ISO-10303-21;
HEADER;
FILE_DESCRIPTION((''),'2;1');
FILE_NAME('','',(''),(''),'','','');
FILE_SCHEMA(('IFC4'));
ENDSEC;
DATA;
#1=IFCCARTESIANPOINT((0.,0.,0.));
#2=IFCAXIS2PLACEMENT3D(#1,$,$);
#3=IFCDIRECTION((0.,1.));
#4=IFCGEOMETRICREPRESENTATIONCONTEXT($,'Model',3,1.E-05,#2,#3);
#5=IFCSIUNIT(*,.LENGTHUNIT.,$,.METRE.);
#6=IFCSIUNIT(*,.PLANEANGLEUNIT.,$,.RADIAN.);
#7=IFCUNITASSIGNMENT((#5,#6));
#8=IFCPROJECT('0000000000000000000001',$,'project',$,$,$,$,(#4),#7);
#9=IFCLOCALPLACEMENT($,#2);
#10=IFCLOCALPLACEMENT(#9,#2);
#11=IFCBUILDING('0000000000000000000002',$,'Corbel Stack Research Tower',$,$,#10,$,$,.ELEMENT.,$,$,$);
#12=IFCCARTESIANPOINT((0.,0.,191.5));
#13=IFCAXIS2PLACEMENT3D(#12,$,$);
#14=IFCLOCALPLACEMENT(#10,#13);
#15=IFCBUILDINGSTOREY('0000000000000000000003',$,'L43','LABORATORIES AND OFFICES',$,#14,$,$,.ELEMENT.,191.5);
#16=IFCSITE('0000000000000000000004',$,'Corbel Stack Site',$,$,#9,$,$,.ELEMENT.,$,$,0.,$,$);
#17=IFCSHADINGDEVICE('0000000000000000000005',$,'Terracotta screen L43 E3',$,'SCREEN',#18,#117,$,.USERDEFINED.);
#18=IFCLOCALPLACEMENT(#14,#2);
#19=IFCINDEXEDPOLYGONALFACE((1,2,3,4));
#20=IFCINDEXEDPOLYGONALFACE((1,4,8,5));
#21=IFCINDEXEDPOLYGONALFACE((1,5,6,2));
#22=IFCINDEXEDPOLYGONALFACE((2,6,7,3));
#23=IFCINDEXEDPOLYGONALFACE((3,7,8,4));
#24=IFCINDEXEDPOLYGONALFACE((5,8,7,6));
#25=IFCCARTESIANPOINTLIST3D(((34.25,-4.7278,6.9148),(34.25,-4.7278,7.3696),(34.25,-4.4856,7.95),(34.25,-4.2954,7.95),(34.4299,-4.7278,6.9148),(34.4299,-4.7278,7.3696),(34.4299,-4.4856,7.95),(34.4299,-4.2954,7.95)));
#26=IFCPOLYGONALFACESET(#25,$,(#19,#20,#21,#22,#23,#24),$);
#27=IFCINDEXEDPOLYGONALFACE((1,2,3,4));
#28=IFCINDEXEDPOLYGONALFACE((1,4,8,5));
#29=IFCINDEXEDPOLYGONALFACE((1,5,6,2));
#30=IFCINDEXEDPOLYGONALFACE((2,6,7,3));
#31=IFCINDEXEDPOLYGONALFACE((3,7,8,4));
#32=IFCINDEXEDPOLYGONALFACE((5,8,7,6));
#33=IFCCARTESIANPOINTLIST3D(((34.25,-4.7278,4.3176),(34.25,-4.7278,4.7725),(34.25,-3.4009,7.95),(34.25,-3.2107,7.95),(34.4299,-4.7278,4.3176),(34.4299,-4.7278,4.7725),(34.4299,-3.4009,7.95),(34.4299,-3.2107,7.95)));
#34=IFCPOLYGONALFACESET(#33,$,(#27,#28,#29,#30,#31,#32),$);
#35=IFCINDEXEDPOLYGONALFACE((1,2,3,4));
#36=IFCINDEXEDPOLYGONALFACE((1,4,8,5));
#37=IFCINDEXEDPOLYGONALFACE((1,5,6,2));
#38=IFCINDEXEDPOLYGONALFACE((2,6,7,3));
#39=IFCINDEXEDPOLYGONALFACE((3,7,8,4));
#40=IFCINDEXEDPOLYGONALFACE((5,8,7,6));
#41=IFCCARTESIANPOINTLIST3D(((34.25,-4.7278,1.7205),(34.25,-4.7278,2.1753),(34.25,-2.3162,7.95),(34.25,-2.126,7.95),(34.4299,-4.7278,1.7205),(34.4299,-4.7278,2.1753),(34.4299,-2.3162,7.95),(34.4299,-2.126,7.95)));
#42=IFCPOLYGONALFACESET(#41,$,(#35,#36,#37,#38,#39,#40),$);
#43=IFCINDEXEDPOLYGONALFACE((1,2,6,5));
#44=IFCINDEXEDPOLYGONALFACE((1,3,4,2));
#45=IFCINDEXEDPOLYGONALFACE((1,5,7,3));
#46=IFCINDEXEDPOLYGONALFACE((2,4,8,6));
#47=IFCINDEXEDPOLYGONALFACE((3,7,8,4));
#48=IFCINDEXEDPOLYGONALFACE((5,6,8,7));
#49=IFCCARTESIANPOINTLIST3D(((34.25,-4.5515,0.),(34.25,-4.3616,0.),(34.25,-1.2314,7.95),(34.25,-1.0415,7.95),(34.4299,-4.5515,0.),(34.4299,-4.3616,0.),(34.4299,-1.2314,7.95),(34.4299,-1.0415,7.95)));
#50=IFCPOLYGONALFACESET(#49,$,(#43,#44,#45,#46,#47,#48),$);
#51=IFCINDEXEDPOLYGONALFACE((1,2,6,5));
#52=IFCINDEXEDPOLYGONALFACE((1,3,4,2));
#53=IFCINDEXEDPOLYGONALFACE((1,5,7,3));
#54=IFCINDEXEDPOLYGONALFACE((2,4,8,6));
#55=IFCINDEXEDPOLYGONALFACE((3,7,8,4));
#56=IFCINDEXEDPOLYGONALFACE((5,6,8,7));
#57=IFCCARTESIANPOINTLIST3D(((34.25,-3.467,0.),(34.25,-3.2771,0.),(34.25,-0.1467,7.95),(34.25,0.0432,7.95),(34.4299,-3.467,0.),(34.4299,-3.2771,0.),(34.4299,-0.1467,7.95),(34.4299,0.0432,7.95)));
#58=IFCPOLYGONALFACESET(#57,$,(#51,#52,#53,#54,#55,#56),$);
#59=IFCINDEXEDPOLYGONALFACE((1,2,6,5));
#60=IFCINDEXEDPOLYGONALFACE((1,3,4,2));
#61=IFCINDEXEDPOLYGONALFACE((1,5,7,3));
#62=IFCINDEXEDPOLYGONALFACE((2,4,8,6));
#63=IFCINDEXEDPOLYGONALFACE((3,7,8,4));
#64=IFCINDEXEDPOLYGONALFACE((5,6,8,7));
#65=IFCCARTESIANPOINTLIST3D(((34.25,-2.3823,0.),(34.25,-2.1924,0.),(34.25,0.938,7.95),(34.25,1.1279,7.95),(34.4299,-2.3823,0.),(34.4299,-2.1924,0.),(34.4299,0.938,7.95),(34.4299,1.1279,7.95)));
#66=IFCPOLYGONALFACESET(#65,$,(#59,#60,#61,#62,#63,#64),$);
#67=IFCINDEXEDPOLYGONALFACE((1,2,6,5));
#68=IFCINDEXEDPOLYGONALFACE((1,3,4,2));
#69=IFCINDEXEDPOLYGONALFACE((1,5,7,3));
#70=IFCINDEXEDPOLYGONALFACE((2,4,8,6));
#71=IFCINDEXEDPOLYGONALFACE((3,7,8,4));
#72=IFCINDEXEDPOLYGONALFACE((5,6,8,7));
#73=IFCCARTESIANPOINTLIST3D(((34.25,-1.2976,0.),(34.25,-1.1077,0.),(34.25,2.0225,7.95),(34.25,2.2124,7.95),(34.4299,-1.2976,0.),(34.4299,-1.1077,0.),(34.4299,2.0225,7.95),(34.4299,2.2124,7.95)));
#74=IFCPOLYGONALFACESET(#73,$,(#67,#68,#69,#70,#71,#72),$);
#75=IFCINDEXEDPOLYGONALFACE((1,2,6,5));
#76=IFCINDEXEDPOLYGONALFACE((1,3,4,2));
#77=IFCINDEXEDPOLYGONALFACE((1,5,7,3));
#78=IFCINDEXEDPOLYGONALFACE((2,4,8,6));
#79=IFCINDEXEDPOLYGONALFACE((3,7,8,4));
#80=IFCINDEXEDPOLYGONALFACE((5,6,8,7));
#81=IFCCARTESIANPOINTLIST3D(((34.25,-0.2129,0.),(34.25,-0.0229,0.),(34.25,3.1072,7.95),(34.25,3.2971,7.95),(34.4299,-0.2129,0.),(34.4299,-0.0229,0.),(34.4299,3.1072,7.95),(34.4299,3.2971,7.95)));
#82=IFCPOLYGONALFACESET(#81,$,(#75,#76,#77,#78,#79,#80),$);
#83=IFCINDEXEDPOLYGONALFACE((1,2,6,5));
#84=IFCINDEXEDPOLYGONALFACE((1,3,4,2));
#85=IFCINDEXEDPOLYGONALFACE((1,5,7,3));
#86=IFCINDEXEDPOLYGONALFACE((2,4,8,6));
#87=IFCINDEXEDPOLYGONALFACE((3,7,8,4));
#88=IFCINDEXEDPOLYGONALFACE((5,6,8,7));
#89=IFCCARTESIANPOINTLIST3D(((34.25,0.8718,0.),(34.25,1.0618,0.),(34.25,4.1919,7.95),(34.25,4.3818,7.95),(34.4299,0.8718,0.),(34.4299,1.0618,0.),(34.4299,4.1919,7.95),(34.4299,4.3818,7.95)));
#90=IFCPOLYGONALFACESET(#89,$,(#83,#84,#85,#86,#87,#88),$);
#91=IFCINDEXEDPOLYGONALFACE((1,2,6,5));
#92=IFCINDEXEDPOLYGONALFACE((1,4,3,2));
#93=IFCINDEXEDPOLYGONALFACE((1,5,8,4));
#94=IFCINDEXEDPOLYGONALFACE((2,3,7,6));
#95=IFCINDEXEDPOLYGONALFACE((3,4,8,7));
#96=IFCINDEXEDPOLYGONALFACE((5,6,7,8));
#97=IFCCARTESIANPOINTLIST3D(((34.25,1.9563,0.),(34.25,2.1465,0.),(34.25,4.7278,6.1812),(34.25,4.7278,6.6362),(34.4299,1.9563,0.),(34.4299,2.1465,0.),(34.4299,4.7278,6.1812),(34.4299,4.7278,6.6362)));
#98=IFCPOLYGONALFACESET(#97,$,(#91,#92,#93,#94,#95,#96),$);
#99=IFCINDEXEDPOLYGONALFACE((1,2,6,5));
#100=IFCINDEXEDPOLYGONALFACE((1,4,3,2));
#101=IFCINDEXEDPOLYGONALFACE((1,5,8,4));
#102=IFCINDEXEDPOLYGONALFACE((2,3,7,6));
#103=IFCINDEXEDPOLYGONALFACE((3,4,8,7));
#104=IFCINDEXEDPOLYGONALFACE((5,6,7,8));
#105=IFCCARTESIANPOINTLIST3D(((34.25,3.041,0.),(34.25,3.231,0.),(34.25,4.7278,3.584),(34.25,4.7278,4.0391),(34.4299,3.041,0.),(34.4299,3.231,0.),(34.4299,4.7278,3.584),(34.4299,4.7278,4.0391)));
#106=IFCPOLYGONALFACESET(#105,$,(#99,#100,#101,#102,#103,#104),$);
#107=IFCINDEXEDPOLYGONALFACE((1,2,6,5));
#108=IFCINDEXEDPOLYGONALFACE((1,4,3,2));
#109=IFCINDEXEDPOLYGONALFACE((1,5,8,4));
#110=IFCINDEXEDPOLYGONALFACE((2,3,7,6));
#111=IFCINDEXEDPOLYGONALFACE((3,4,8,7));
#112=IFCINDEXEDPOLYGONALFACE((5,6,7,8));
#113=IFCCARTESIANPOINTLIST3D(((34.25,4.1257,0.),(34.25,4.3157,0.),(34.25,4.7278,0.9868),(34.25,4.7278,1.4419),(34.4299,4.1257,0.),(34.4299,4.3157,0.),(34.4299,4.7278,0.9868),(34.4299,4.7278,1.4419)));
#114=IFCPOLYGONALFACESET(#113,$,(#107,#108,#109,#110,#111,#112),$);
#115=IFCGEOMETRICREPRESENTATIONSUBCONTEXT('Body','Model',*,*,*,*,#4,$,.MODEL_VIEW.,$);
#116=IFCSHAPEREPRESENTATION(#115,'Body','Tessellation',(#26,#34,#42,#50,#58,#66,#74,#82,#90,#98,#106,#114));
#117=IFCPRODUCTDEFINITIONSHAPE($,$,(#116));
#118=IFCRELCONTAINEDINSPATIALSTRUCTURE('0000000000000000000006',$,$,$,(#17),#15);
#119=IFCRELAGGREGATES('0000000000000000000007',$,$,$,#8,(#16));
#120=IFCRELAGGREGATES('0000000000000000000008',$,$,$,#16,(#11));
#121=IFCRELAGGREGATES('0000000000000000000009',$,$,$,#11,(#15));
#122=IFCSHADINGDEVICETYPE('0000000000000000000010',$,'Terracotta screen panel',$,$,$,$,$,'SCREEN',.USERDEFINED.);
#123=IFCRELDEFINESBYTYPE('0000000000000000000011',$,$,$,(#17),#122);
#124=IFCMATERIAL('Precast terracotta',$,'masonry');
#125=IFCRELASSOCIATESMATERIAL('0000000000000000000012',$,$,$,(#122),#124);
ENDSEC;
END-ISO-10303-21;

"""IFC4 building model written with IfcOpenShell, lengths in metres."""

from ifc_helpers import new_model, si_unit, direction, frame, origin, place, context, subcontext, project, spatial, polyline, outline, extrude, source, transform, mapped, material, type_object, element, save


model = new_model("IFC4")

# Units and contexts
model_context = context("Model", 3, precision=1e-05, world=origin(), true_north=direction((0.0, 1.0)))
body_context = subcontext(model_context, "Body", "Model", "MODEL_VIEW")
ifc_project = project(units=[si_unit("LENGTHUNIT", "METRE"), si_unit("PLANEANGLEUNIT", "RADIAN")], contexts=[model_context])

# Site, building, storey
site_placement = place(None, origin())
site = spatial("IfcSite", under=ifc_project, at=site_placement, Name="Corbel Stack Site", CompositionType="ELEMENT", RefElevation=0.0)
building_placement = place(site_placement, origin())
building = spatial("IfcBuilding", under=site, at=building_placement, Name="Corbel Stack Research Tower", CompositionType="ELEMENT")
storey_placement = place(building_placement, frame((0.0, 0.0, 191.5)))
storey = spatial("IfcBuildingStorey", under=building, at=storey_placement, Name="L43", Description="LABORATORIES AND OFFICES", CompositionType="ELEMENT", Elevation=191.5)

# Shading device
ifc_material_1 = material(Name="Precast terracotta", Category="masonry")
shading_device_type = type_object("IfcShadingDeviceType", Name="Terracotta screen panel", ElementType="SCREEN", PredefinedType="USERDEFINED", material=ifc_material_1)
shared_shape_1 = source(origin(), body_context, "Body", "SweptSolid", [
    extrude(outline(polyline([(0.4324, 7.95), (0.2422, 7.95), (0.0, 7.3696), (0.0, 6.9148), (0.4324, 7.95)])), frame((0.0, 0.0, 0.0), z_axis=(0.0, -1.0, 0.0), x_axis=(1.0, 0.0, 0.0)), (0.0, 0.0, 1.0), 0.1799),
    extrude(outline(polyline([(1.5171, 7.95), (1.3269, 7.95), (0.0, 4.7725), (0.0, 4.3176), (1.5171, 7.95)])), frame((0.0, 0.0, 0.0), z_axis=(0.0, -1.0, 0.0), x_axis=(1.0, 0.0, 0.0)), (0.0, 0.0, 1.0), 0.1799),
    extrude(outline(polyline([(2.6018, 7.95), (2.4116, 7.95), (0.0, 2.1753), (0.0, 1.7205), (2.6018, 7.95)])), frame((0.0, 0.0, 0.0), z_axis=(0.0, -1.0, 0.0), x_axis=(1.0, 0.0, 0.0)), (0.0, 0.0, 1.0), 0.1799),
    extrude(outline(polyline([(0.3662, 0.0), (3.6863, 7.95), (3.4963, 7.95), (0.1763, 0.0), (0.3662, 0.0)])), frame((0.0, 0.0, 0.0), z_axis=(0.0, -1.0, 0.0), x_axis=(1.0, 0.0, 0.0)), (0.0, 0.0, 1.0), 0.1799),
    extrude(outline(polyline([(1.4507, 0.0), (4.771, 7.95), (4.5811, 7.95), (1.2607, 0.0), (1.4507, 0.0)])), frame((0.0, 0.0, 0.0), z_axis=(0.0, -1.0, 0.0), x_axis=(1.0, 0.0, 0.0)), (0.0, 0.0, 1.0), 0.1799),
    extrude(outline(polyline([(2.5354, 0.0), (5.8557, 7.95), (5.6658, 7.95), (2.3455, 0.0), (2.5354, 0.0)])), frame((0.0, 0.0, 0.0), z_axis=(0.0, -1.0, 0.0), x_axis=(1.0, 0.0, 0.0)), (0.0, 0.0, 1.0), 0.1799),
    extrude(outline(polyline([(3.6201, 0.0), (6.9402, 7.95), (6.7502, 7.95), (3.4302, 0.0), (3.6201, 0.0)])), frame((0.0, 0.0, 0.0), z_axis=(0.0, -1.0, 0.0), x_axis=(1.0, 0.0, 0.0)), (0.0, 0.0, 1.0), 0.1799),
    extrude(outline(polyline([(4.7048, 0.0), (8.0249, 7.95), (7.835, 7.95), (4.5149, 0.0), (4.7048, 0.0)])), frame((0.0, 0.0, 0.0), z_axis=(0.0, -1.0, 0.0), x_axis=(1.0, 0.0, 0.0)), (0.0, 0.0, 1.0), 0.1799),
    extrude(outline(polyline([(5.7896, 0.0), (9.1096, 7.95), (8.9197, 7.95), (5.5996, 0.0), (5.7896, 0.0)])), frame((0.0, 0.0, 0.0), z_axis=(0.0, -1.0, 0.0), x_axis=(1.0, 0.0, 0.0)), (0.0, 0.0, 1.0), 0.1799),
    extrude(outline(polyline([(6.8743, 0.0), (9.4556, 6.1812), (9.4556, 6.6362), (6.6841, 0.0), (6.8743, 0.0)])), frame((0.0, 0.0, 0.0), z_axis=(0.0, -1.0, 0.0), x_axis=(1.0, 0.0, 0.0)), (0.0, 0.0, 1.0), 0.1799),
    extrude(outline(polyline([(7.9587, 0.0), (9.4556, 3.584), (9.4556, 4.0391), (7.7688, 0.0), (7.9587, 0.0)])), frame((0.0, 0.0, 0.0), z_axis=(0.0, -1.0, 0.0), x_axis=(1.0, 0.0, 0.0)), (0.0, 0.0, 1.0), 0.1799),
    extrude(outline(polyline([(9.0435, 0.0), (9.4556, 0.9868), (9.4556, 1.4419), (8.8535, 0.0), (9.0435, 0.0)])), frame((0.0, 0.0, 0.0), z_axis=(0.0, -1.0, 0.0), x_axis=(1.0, 0.0, 0.0)), (0.0, 0.0, 1.0), 0.1799),
])
shading_device_1_placement = place(storey_placement, frame((34.25, -4.7278, 0.0), z_axis=(0.0, 0.0, 1.0), x_axis=(0.0, 1.0, 0.0)))
element("IfcShadingDevice", 1, at=shading_device_1_placement, inside=storey, type_object=shading_device_type, Name="Terracotta screen L43 E3", ObjectType="SCREEN", PredefinedType="USERDEFINED", context=body_context, shape_type="MappedRepresentation", body=[
    mapped(shared_shape_1, transform((0.0, 0.0, 0.0))),
])

save(model, "model.ifc")
